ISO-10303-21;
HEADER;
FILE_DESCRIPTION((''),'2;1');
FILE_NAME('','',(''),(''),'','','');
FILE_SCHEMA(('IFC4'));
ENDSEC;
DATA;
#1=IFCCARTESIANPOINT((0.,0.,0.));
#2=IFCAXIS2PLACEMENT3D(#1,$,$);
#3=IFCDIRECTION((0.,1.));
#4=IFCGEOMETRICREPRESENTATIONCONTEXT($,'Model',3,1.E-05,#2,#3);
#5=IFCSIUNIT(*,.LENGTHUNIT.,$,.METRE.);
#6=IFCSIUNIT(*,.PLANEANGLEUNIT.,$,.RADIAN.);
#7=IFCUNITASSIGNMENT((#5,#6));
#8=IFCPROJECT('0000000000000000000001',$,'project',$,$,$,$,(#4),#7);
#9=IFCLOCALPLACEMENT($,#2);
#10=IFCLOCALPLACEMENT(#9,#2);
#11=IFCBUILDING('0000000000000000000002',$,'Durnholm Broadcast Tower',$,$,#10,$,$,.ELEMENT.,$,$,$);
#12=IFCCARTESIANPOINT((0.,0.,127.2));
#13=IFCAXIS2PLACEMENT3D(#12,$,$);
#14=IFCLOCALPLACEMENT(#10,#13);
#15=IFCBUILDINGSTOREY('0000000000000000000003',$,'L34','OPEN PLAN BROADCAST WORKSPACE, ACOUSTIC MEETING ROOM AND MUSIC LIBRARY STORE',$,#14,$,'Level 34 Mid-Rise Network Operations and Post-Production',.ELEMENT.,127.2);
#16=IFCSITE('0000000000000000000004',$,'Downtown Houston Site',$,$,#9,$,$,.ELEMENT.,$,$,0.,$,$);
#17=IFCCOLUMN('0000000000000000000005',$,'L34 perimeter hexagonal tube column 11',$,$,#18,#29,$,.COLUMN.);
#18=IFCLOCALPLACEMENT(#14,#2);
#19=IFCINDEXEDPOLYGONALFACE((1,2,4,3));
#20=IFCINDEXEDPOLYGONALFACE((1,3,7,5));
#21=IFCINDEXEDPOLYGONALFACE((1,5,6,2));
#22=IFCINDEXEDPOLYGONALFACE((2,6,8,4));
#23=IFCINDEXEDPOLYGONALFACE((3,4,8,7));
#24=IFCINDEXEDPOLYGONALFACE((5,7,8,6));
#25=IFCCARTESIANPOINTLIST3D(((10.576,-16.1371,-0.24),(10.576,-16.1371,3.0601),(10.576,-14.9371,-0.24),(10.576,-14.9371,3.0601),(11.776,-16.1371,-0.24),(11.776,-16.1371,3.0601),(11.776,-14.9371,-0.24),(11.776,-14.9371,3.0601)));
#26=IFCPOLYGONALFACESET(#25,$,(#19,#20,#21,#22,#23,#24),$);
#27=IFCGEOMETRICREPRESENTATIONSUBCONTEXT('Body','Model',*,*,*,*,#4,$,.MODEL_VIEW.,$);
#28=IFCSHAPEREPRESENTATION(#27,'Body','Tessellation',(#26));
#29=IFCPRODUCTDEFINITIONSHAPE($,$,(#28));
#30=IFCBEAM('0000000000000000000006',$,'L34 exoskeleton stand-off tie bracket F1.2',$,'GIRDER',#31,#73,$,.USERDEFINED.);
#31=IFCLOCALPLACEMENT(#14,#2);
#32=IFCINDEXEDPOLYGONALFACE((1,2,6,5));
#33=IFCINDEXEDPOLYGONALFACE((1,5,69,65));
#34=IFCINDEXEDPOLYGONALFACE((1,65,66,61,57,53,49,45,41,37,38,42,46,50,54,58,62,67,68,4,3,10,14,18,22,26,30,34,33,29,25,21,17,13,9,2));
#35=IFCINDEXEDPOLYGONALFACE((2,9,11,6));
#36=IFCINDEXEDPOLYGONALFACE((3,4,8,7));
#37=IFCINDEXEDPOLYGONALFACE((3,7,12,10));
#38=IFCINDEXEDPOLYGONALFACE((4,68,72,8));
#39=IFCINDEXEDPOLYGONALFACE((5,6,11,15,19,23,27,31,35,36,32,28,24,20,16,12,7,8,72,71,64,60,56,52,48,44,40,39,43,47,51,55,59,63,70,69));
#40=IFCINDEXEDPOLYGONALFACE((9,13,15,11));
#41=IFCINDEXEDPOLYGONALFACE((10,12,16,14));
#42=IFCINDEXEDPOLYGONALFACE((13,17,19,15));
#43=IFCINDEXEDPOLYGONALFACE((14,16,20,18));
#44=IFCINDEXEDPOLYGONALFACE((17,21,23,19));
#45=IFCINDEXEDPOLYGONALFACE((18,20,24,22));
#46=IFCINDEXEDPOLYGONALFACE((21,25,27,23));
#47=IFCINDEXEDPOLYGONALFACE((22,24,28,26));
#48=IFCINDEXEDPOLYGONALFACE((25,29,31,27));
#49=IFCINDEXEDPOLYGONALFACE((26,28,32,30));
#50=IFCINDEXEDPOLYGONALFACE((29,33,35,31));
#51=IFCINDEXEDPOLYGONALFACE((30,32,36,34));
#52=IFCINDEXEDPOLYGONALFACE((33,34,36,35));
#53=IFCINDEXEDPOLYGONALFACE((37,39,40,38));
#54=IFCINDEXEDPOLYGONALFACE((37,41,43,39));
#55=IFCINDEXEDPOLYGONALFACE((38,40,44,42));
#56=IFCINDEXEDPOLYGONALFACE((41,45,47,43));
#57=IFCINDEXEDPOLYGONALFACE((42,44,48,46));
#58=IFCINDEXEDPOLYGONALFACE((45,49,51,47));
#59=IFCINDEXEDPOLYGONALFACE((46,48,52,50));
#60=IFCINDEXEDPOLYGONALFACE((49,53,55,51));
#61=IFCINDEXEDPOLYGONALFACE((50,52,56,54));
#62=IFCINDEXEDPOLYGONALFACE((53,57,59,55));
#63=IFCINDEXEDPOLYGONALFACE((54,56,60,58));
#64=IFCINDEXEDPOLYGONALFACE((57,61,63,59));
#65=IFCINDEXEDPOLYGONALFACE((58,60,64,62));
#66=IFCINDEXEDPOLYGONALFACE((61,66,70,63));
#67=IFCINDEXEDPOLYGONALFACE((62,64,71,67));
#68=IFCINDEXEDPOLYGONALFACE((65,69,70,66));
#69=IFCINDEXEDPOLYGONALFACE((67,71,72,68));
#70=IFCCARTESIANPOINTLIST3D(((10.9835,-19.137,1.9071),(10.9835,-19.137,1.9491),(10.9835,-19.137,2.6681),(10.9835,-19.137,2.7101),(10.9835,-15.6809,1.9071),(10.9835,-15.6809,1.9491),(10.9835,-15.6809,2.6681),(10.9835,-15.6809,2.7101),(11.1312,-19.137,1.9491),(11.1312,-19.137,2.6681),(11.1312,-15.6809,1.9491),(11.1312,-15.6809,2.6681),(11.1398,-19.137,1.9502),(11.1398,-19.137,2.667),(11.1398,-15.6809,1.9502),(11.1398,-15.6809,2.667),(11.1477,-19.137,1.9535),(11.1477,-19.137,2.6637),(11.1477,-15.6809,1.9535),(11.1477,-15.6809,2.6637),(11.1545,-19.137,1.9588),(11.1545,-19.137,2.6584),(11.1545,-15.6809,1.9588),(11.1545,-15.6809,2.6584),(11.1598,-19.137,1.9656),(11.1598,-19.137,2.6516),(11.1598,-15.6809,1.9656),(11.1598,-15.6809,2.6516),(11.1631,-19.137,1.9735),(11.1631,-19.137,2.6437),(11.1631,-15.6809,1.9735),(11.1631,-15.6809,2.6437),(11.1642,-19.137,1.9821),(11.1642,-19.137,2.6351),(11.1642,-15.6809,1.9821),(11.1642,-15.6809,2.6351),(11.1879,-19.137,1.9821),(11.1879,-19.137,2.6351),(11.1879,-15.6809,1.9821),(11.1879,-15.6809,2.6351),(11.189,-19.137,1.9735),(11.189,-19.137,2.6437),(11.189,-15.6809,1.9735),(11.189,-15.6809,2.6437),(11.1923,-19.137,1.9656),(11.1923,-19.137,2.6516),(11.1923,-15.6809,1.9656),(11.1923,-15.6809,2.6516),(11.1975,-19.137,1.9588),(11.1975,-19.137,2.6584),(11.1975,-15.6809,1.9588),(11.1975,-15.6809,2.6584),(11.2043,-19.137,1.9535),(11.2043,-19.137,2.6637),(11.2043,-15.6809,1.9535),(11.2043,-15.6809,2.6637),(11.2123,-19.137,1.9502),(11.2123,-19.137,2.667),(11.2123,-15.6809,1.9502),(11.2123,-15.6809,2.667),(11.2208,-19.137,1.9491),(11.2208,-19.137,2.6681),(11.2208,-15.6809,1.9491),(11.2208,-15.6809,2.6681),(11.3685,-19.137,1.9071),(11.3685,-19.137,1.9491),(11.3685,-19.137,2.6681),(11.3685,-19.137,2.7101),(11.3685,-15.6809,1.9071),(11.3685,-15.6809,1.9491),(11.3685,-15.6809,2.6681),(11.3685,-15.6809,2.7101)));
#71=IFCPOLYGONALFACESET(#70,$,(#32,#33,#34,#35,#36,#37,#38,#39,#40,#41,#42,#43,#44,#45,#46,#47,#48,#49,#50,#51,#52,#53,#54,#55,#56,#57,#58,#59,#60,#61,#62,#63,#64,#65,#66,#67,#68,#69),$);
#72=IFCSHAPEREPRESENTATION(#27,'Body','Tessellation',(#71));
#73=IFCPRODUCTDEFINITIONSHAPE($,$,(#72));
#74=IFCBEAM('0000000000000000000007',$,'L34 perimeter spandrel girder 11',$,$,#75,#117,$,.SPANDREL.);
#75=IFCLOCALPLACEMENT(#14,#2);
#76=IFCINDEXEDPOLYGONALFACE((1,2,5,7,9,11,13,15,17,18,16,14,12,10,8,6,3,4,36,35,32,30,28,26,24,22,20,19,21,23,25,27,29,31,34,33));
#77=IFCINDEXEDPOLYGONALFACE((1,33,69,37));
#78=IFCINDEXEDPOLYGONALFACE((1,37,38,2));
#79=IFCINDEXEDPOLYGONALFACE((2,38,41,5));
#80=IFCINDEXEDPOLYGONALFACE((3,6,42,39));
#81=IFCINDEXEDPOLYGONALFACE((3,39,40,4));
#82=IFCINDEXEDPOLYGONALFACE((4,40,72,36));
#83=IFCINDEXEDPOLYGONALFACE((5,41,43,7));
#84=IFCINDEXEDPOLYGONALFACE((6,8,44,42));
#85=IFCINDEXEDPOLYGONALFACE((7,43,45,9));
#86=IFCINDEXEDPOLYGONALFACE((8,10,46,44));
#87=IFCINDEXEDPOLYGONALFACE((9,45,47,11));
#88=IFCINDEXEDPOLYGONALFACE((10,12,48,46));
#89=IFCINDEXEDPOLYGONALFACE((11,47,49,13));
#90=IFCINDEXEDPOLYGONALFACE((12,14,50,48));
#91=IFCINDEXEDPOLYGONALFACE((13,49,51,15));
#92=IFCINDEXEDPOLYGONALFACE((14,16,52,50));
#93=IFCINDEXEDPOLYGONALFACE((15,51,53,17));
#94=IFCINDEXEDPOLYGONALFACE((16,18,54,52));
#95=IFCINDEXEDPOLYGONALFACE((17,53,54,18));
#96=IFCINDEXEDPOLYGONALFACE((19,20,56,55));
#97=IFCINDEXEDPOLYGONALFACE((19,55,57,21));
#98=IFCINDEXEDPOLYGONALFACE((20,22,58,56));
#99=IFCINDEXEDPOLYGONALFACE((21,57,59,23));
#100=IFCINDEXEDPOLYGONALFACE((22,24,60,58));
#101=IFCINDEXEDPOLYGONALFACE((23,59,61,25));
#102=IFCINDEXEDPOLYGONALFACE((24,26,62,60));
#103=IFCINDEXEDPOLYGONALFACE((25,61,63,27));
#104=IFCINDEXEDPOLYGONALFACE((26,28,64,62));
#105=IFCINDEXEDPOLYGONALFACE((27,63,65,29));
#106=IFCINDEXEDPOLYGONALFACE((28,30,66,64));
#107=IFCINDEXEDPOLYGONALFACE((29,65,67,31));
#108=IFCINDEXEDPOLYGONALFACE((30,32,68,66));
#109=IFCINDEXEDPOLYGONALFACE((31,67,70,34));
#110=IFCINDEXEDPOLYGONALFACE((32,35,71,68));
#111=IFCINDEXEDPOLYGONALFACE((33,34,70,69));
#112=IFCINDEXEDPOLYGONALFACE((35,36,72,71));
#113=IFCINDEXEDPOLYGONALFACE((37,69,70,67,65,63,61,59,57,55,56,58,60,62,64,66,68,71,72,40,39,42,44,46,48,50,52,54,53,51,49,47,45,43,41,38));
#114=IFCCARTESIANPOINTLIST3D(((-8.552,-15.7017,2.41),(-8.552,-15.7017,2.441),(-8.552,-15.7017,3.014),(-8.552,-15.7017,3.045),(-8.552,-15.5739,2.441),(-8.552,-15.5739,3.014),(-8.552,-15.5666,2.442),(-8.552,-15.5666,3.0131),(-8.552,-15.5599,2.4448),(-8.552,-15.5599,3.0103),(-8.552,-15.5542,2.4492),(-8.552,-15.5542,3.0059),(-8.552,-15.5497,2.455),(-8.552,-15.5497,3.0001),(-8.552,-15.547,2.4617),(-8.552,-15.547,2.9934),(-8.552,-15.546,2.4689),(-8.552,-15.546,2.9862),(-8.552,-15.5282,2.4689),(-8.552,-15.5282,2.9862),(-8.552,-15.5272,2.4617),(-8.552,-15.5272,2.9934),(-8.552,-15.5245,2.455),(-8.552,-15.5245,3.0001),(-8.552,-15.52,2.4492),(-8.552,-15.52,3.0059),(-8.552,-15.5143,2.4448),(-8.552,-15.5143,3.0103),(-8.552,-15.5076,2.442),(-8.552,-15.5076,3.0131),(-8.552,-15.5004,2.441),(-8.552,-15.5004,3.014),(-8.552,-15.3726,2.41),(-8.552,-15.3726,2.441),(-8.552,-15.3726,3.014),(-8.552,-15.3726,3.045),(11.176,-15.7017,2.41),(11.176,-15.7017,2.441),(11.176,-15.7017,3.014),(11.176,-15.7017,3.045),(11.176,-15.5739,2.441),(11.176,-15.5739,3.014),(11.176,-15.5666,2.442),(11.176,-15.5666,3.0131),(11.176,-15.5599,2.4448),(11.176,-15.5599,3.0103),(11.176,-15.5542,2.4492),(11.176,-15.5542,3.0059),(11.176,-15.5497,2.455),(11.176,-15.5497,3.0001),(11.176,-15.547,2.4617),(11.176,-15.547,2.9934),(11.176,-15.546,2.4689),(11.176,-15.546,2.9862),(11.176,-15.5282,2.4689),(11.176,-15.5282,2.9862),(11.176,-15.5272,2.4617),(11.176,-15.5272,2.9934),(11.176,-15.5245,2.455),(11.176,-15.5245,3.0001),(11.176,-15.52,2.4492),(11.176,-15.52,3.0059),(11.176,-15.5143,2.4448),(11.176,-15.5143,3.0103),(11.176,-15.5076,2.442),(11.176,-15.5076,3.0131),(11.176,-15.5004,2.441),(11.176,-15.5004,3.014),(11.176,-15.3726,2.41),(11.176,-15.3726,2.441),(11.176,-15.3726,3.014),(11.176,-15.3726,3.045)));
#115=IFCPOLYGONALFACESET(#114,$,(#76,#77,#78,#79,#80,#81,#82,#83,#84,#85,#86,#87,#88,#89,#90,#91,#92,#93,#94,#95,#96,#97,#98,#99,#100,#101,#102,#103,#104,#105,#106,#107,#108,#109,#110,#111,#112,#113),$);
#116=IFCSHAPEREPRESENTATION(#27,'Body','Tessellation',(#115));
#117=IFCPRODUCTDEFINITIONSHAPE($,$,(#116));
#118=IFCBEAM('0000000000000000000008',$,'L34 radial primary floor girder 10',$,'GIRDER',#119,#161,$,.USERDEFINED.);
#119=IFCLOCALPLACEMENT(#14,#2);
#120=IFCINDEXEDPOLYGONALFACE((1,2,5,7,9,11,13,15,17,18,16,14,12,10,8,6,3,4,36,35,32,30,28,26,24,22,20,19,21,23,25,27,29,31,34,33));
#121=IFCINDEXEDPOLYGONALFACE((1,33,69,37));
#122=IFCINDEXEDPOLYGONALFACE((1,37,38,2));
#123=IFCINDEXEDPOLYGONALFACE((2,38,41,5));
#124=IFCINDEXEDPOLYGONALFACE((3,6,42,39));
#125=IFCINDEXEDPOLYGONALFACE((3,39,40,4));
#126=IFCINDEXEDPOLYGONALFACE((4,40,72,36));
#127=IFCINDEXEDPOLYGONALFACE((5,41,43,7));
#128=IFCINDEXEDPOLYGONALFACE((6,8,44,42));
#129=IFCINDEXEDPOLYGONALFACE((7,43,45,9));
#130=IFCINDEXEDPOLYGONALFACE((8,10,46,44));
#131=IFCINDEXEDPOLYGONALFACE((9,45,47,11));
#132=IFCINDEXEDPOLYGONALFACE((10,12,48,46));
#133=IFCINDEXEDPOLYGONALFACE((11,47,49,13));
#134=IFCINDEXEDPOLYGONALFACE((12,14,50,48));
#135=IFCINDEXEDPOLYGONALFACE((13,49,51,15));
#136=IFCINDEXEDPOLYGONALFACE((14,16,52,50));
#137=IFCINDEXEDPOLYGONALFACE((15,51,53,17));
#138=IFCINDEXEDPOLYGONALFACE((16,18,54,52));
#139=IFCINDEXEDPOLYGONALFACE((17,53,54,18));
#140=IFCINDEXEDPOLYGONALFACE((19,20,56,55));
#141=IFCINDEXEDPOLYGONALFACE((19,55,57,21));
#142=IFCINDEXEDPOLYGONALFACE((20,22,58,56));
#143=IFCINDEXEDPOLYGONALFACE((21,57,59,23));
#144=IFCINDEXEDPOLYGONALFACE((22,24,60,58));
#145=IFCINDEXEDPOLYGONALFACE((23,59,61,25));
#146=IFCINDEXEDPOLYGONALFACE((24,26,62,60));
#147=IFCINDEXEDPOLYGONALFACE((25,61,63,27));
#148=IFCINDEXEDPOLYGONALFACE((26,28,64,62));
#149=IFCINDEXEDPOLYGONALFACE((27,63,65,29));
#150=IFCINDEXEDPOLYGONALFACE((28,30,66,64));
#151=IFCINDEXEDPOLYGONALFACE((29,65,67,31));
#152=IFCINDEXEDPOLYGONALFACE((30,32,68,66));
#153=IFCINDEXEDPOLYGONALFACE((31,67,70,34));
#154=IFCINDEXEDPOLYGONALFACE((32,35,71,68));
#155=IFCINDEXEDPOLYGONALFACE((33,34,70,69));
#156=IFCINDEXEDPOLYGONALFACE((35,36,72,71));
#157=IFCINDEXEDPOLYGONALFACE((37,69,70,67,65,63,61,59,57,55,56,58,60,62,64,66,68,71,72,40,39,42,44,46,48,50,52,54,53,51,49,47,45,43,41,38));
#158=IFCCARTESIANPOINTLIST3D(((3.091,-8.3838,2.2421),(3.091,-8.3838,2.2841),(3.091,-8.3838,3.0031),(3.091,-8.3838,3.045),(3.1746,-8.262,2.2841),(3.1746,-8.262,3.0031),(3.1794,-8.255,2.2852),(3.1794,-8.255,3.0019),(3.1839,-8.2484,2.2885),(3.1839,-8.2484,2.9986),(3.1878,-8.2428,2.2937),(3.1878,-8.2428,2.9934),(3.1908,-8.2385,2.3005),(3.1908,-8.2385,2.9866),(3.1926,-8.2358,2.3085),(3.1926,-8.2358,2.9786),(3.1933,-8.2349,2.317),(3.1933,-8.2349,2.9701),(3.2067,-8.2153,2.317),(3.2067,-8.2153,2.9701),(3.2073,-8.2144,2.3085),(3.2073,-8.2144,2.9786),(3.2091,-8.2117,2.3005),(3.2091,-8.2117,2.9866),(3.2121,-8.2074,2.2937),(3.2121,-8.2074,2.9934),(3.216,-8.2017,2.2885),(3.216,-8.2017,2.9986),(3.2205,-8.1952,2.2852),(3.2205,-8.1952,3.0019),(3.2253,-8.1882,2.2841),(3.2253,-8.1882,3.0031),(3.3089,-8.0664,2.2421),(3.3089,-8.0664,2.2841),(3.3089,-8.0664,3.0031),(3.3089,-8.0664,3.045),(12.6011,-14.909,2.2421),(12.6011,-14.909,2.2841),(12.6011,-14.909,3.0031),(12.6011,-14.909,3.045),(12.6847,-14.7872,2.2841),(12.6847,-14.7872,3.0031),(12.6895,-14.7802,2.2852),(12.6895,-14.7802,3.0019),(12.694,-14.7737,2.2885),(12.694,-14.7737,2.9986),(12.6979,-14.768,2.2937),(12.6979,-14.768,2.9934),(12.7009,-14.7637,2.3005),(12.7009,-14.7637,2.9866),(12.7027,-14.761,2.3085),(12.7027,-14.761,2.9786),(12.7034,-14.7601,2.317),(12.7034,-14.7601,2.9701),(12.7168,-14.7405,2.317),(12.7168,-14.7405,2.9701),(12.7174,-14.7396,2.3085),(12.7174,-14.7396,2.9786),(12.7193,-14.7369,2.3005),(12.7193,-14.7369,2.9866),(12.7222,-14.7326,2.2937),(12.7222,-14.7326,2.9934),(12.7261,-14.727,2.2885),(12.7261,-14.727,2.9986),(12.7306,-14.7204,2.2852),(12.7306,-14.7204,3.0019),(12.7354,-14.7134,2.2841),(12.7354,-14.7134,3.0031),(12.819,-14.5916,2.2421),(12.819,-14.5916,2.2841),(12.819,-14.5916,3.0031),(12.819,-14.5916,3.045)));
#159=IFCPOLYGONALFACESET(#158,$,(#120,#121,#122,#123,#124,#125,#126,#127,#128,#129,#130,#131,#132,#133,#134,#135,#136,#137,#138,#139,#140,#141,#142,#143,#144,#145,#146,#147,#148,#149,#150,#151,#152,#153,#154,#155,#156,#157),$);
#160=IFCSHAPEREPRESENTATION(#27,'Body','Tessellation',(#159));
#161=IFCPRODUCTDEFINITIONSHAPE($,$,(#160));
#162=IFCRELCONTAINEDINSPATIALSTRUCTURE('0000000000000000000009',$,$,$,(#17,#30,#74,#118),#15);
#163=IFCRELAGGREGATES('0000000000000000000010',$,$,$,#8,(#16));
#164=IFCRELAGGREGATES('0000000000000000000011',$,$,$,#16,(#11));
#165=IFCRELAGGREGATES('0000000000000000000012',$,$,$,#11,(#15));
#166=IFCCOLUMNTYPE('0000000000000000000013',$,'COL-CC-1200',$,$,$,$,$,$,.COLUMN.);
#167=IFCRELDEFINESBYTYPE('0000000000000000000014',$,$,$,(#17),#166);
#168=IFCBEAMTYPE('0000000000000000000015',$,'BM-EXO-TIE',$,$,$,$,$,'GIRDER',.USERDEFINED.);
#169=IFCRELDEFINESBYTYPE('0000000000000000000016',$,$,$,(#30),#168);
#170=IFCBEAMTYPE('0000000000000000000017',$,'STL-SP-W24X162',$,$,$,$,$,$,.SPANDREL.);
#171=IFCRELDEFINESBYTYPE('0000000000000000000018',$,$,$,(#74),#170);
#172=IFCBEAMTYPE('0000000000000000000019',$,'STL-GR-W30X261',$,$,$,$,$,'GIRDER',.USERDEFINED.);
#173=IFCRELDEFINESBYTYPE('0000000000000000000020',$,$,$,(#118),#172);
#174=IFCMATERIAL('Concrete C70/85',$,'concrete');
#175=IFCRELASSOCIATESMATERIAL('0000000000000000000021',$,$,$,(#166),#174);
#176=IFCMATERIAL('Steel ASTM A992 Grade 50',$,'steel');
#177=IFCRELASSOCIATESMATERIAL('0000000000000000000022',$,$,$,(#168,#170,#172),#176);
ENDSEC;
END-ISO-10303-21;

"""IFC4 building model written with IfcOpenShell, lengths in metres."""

from ifc_helpers import new_model, si_unit, direction, frame, origin, origin_2d, place, context, subcontext, project, spatial, rectangle, i_section, extrude, source, transform, mapped, material, material_profile, profile_set, type_object, type_shapes, element, save


model = new_model("IFC4")

# Units and contexts
model_context = context("Model", 3, precision=1e-05, world=origin(), true_north=direction((0.0, 1.0)))
body_context = subcontext(model_context, "Body", "Model", "MODEL_VIEW")
ifc_project = project(units=[si_unit("LENGTHUNIT", "METRE"), si_unit("PLANEANGLEUNIT", "RADIAN")], contexts=[model_context])

# Site, building, storey
site_placement = place(None, origin())
site = spatial("IfcSite", under=ifc_project, at=site_placement, Name="Downtown Houston Site", CompositionType="ELEMENT", RefElevation=0.0)
building_placement = place(site_placement, origin())
building = spatial("IfcBuilding", under=site, at=building_placement, Name="Durnholm Broadcast Tower", CompositionType="ELEMENT")
storey_placement = place(building_placement, frame((0.0, 0.0, 127.2)))
storey = spatial("IfcBuildingStorey", under=building, at=storey_placement, Name="L34", Description="OPEN PLAN BROADCAST WORKSPACE, ACOUSTIC MEETING ROOM AND MUSIC LIBRARY STORE", LongName="Level 34 Mid-Rise Network Operations and Post-Production", CompositionType="ELEMENT", Elevation=127.2)

# Column
ifc_material_1 = material(Name="Concrete C70/85", Category="concrete")
ifc_material_profile_1 = material_profile(ifc_material_1, rectangle(XDim=1.2, YDim=1.2, at=origin_2d()), Name="RC1200X1200")
ifc_profile_set_1 = profile_set([ifc_material_profile_1], Name="Concrete C70/85")
column_type = type_object("IfcColumnType", Name="COL-CC-1200", PredefinedType="COLUMN", material=ifc_profile_set_1)
shared_shape_1 = source(origin(), body_context, "Body", "SweptSolid", [
    extrude(rectangle(XDim=1.2, YDim=1.2, at=origin_2d()), origin(), (0.0, 0.0, 1.0), 3.3),
])
type_shapes(column_type, [shared_shape_1])
column_placement = place(storey_placement, frame((11.176, -15.5371, -0.24), z_axis=(0.0, 0.0, 1.0), x_axis=(1.0, 0.0, 0.0)))
element("IfcColumn", 1, at=column_placement, inside=storey, type_object=column_type, Name="L34 perimeter hexagonal tube column 11", PredefinedType="COLUMN", context=body_context, shape_type="MappedRepresentation", body=[
    mapped(shared_shape_1, transform((0.0, 0.0, 0.0), x_axis=(1.0, 0.0, 0.0), y_axis=(0.0, 1.0, 0.0), z_axis=(0.0, 0.0, 1.0), scale=1.0)),
])

# Beams
ifc_material_2 = material(Name="Steel ASTM A992 Grade 50", Category="steel")
ifc_material_profile_2 = material_profile(ifc_material_2, i_section(OverallWidth=0.385, OverallDepth=0.803, WebThickness=0.0237, FlangeThickness=0.042, FilletRadius=0.033, at=origin_2d()), Name="W30X261")
ifc_profile_set_2 = profile_set([ifc_material_profile_2], Name="Steel ASTM A992 Grade 50")
beam_type_1 = type_object("IfcBeamType", Name="BM-EXO-TIE", ElementType="GIRDER", PredefinedType="USERDEFINED", material=ifc_profile_set_2)
shared_shape_2 = source(origin(), body_context, "Body", "SweptSolid", [
    extrude(i_section(OverallWidth=0.385, OverallDepth=0.803, WebThickness=0.0237, FlangeThickness=0.042, FilletRadius=0.033, at=origin_2d()), origin(), (0.0, 0.0, 1.0), 3.4561),
])
type_shapes(beam_type_1, [shared_shape_2])
beam_1_placement = place(storey_placement, frame((11.176, -15.6809, 2.3086), z_axis=(0.0, -1.0, 0.0), x_axis=(1.0, 0.0, 0.0)))
element("IfcBeam", 2, at=beam_1_placement, inside=storey, type_object=beam_type_1, Name="L34 exoskeleton stand-off tie bracket F1.2", ObjectType="GIRDER", PredefinedType="USERDEFINED", context=body_context, shape_type="MappedRepresentation", body=[
    mapped(shared_shape_2, transform((0.0, 0.0, 0.0), x_axis=(1.0, 0.0, 0.0), y_axis=(0.0, 1.0, 0.0), z_axis=(0.0, 0.0, 1.0), scale=1.0)),
])
ifc_material_profile_3 = material_profile(ifc_material_2, i_section(OverallWidth=0.3291, OverallDepth=0.635, WebThickness=0.0178, FlangeThickness=0.031, FilletRadius=0.0278, at=origin_2d()), Name="W24X162")
ifc_profile_set_3 = profile_set([ifc_material_profile_3], Name="Steel ASTM A992 Grade 50")
beam_type_2 = type_object("IfcBeamType", Name="STL-SP-W24X162", PredefinedType="SPANDREL", material=ifc_profile_set_3)
shared_shape_3 = source(origin(), body_context, "Body", "SweptSolid", [
    extrude(i_section(OverallWidth=0.3291, OverallDepth=0.635, WebThickness=0.0178, FlangeThickness=0.031, FilletRadius=0.0278, at=origin_2d()), origin(), (0.0, 0.0, 1.0), 19.728),
])
type_shapes(beam_type_2, [shared_shape_3])
beam_2_placement = place(storey_placement, frame((11.176, -15.5371, 2.7275), z_axis=(-1.0, 0.0, 0.0), x_axis=(0.0, -1.0, 0.0)))
element("IfcBeam", 3, at=beam_2_placement, inside=storey, type_object=beam_type_2, Name="L34 perimeter spandrel girder 11", PredefinedType="SPANDREL", context=body_context, shape_type="MappedRepresentation", body=[
    mapped(shared_shape_3, transform((0.0, 0.0, 0.0), x_axis=(1.0, 0.0, 0.0), y_axis=(0.0, 1.0, 0.0), z_axis=(0.0, 0.0, 1.0), scale=1.0)),
])
ifc_material_profile_4 = material_profile(ifc_material_2, i_section(OverallWidth=0.385, OverallDepth=0.803, WebThickness=0.0237, FlangeThickness=0.042, FilletRadius=0.033, at=origin_2d()), Name="W30X261")
ifc_profile_set_4 = profile_set([ifc_material_profile_4], Name="Steel ASTM A992 Grade 50")
beam_type_3 = type_object("IfcBeamType", Name="STL-GR-W30X261", ElementType="GIRDER", PredefinedType="USERDEFINED", material=ifc_profile_set_4)
shared_shape_4 = source(origin(), body_context, "Body", "SweptSolid", [
    extrude(i_section(OverallWidth=0.385, OverallDepth=0.803, WebThickness=0.0237, FlangeThickness=0.042, FilletRadius=0.033, at=origin_2d()), origin(), (0.0, 0.0, 1.0), 11.5334),
])
type_shapes(beam_type_3, [shared_shape_4])
beam_3_placement = place(storey_placement, frame((3.2, -8.2251, 2.6436), z_axis=(0.824567, -0.565764, 0.0), x_axis=(0.565764, 0.824567, 0.0)))
element("IfcBeam", 4, at=beam_3_placement, inside=storey, type_object=beam_type_3, Name="L34 radial primary floor girder 10", ObjectType="GIRDER", PredefinedType="USERDEFINED", context=body_context, shape_type="MappedRepresentation", body=[
    mapped(shared_shape_4, transform((0.0, 0.0, 0.0), x_axis=(1.0, 0.0, 0.0), y_axis=(0.0, 1.0, 0.0), z_axis=(0.0, 0.0, 1.0), scale=1.0)),
])

save(model, "model.ifc")
